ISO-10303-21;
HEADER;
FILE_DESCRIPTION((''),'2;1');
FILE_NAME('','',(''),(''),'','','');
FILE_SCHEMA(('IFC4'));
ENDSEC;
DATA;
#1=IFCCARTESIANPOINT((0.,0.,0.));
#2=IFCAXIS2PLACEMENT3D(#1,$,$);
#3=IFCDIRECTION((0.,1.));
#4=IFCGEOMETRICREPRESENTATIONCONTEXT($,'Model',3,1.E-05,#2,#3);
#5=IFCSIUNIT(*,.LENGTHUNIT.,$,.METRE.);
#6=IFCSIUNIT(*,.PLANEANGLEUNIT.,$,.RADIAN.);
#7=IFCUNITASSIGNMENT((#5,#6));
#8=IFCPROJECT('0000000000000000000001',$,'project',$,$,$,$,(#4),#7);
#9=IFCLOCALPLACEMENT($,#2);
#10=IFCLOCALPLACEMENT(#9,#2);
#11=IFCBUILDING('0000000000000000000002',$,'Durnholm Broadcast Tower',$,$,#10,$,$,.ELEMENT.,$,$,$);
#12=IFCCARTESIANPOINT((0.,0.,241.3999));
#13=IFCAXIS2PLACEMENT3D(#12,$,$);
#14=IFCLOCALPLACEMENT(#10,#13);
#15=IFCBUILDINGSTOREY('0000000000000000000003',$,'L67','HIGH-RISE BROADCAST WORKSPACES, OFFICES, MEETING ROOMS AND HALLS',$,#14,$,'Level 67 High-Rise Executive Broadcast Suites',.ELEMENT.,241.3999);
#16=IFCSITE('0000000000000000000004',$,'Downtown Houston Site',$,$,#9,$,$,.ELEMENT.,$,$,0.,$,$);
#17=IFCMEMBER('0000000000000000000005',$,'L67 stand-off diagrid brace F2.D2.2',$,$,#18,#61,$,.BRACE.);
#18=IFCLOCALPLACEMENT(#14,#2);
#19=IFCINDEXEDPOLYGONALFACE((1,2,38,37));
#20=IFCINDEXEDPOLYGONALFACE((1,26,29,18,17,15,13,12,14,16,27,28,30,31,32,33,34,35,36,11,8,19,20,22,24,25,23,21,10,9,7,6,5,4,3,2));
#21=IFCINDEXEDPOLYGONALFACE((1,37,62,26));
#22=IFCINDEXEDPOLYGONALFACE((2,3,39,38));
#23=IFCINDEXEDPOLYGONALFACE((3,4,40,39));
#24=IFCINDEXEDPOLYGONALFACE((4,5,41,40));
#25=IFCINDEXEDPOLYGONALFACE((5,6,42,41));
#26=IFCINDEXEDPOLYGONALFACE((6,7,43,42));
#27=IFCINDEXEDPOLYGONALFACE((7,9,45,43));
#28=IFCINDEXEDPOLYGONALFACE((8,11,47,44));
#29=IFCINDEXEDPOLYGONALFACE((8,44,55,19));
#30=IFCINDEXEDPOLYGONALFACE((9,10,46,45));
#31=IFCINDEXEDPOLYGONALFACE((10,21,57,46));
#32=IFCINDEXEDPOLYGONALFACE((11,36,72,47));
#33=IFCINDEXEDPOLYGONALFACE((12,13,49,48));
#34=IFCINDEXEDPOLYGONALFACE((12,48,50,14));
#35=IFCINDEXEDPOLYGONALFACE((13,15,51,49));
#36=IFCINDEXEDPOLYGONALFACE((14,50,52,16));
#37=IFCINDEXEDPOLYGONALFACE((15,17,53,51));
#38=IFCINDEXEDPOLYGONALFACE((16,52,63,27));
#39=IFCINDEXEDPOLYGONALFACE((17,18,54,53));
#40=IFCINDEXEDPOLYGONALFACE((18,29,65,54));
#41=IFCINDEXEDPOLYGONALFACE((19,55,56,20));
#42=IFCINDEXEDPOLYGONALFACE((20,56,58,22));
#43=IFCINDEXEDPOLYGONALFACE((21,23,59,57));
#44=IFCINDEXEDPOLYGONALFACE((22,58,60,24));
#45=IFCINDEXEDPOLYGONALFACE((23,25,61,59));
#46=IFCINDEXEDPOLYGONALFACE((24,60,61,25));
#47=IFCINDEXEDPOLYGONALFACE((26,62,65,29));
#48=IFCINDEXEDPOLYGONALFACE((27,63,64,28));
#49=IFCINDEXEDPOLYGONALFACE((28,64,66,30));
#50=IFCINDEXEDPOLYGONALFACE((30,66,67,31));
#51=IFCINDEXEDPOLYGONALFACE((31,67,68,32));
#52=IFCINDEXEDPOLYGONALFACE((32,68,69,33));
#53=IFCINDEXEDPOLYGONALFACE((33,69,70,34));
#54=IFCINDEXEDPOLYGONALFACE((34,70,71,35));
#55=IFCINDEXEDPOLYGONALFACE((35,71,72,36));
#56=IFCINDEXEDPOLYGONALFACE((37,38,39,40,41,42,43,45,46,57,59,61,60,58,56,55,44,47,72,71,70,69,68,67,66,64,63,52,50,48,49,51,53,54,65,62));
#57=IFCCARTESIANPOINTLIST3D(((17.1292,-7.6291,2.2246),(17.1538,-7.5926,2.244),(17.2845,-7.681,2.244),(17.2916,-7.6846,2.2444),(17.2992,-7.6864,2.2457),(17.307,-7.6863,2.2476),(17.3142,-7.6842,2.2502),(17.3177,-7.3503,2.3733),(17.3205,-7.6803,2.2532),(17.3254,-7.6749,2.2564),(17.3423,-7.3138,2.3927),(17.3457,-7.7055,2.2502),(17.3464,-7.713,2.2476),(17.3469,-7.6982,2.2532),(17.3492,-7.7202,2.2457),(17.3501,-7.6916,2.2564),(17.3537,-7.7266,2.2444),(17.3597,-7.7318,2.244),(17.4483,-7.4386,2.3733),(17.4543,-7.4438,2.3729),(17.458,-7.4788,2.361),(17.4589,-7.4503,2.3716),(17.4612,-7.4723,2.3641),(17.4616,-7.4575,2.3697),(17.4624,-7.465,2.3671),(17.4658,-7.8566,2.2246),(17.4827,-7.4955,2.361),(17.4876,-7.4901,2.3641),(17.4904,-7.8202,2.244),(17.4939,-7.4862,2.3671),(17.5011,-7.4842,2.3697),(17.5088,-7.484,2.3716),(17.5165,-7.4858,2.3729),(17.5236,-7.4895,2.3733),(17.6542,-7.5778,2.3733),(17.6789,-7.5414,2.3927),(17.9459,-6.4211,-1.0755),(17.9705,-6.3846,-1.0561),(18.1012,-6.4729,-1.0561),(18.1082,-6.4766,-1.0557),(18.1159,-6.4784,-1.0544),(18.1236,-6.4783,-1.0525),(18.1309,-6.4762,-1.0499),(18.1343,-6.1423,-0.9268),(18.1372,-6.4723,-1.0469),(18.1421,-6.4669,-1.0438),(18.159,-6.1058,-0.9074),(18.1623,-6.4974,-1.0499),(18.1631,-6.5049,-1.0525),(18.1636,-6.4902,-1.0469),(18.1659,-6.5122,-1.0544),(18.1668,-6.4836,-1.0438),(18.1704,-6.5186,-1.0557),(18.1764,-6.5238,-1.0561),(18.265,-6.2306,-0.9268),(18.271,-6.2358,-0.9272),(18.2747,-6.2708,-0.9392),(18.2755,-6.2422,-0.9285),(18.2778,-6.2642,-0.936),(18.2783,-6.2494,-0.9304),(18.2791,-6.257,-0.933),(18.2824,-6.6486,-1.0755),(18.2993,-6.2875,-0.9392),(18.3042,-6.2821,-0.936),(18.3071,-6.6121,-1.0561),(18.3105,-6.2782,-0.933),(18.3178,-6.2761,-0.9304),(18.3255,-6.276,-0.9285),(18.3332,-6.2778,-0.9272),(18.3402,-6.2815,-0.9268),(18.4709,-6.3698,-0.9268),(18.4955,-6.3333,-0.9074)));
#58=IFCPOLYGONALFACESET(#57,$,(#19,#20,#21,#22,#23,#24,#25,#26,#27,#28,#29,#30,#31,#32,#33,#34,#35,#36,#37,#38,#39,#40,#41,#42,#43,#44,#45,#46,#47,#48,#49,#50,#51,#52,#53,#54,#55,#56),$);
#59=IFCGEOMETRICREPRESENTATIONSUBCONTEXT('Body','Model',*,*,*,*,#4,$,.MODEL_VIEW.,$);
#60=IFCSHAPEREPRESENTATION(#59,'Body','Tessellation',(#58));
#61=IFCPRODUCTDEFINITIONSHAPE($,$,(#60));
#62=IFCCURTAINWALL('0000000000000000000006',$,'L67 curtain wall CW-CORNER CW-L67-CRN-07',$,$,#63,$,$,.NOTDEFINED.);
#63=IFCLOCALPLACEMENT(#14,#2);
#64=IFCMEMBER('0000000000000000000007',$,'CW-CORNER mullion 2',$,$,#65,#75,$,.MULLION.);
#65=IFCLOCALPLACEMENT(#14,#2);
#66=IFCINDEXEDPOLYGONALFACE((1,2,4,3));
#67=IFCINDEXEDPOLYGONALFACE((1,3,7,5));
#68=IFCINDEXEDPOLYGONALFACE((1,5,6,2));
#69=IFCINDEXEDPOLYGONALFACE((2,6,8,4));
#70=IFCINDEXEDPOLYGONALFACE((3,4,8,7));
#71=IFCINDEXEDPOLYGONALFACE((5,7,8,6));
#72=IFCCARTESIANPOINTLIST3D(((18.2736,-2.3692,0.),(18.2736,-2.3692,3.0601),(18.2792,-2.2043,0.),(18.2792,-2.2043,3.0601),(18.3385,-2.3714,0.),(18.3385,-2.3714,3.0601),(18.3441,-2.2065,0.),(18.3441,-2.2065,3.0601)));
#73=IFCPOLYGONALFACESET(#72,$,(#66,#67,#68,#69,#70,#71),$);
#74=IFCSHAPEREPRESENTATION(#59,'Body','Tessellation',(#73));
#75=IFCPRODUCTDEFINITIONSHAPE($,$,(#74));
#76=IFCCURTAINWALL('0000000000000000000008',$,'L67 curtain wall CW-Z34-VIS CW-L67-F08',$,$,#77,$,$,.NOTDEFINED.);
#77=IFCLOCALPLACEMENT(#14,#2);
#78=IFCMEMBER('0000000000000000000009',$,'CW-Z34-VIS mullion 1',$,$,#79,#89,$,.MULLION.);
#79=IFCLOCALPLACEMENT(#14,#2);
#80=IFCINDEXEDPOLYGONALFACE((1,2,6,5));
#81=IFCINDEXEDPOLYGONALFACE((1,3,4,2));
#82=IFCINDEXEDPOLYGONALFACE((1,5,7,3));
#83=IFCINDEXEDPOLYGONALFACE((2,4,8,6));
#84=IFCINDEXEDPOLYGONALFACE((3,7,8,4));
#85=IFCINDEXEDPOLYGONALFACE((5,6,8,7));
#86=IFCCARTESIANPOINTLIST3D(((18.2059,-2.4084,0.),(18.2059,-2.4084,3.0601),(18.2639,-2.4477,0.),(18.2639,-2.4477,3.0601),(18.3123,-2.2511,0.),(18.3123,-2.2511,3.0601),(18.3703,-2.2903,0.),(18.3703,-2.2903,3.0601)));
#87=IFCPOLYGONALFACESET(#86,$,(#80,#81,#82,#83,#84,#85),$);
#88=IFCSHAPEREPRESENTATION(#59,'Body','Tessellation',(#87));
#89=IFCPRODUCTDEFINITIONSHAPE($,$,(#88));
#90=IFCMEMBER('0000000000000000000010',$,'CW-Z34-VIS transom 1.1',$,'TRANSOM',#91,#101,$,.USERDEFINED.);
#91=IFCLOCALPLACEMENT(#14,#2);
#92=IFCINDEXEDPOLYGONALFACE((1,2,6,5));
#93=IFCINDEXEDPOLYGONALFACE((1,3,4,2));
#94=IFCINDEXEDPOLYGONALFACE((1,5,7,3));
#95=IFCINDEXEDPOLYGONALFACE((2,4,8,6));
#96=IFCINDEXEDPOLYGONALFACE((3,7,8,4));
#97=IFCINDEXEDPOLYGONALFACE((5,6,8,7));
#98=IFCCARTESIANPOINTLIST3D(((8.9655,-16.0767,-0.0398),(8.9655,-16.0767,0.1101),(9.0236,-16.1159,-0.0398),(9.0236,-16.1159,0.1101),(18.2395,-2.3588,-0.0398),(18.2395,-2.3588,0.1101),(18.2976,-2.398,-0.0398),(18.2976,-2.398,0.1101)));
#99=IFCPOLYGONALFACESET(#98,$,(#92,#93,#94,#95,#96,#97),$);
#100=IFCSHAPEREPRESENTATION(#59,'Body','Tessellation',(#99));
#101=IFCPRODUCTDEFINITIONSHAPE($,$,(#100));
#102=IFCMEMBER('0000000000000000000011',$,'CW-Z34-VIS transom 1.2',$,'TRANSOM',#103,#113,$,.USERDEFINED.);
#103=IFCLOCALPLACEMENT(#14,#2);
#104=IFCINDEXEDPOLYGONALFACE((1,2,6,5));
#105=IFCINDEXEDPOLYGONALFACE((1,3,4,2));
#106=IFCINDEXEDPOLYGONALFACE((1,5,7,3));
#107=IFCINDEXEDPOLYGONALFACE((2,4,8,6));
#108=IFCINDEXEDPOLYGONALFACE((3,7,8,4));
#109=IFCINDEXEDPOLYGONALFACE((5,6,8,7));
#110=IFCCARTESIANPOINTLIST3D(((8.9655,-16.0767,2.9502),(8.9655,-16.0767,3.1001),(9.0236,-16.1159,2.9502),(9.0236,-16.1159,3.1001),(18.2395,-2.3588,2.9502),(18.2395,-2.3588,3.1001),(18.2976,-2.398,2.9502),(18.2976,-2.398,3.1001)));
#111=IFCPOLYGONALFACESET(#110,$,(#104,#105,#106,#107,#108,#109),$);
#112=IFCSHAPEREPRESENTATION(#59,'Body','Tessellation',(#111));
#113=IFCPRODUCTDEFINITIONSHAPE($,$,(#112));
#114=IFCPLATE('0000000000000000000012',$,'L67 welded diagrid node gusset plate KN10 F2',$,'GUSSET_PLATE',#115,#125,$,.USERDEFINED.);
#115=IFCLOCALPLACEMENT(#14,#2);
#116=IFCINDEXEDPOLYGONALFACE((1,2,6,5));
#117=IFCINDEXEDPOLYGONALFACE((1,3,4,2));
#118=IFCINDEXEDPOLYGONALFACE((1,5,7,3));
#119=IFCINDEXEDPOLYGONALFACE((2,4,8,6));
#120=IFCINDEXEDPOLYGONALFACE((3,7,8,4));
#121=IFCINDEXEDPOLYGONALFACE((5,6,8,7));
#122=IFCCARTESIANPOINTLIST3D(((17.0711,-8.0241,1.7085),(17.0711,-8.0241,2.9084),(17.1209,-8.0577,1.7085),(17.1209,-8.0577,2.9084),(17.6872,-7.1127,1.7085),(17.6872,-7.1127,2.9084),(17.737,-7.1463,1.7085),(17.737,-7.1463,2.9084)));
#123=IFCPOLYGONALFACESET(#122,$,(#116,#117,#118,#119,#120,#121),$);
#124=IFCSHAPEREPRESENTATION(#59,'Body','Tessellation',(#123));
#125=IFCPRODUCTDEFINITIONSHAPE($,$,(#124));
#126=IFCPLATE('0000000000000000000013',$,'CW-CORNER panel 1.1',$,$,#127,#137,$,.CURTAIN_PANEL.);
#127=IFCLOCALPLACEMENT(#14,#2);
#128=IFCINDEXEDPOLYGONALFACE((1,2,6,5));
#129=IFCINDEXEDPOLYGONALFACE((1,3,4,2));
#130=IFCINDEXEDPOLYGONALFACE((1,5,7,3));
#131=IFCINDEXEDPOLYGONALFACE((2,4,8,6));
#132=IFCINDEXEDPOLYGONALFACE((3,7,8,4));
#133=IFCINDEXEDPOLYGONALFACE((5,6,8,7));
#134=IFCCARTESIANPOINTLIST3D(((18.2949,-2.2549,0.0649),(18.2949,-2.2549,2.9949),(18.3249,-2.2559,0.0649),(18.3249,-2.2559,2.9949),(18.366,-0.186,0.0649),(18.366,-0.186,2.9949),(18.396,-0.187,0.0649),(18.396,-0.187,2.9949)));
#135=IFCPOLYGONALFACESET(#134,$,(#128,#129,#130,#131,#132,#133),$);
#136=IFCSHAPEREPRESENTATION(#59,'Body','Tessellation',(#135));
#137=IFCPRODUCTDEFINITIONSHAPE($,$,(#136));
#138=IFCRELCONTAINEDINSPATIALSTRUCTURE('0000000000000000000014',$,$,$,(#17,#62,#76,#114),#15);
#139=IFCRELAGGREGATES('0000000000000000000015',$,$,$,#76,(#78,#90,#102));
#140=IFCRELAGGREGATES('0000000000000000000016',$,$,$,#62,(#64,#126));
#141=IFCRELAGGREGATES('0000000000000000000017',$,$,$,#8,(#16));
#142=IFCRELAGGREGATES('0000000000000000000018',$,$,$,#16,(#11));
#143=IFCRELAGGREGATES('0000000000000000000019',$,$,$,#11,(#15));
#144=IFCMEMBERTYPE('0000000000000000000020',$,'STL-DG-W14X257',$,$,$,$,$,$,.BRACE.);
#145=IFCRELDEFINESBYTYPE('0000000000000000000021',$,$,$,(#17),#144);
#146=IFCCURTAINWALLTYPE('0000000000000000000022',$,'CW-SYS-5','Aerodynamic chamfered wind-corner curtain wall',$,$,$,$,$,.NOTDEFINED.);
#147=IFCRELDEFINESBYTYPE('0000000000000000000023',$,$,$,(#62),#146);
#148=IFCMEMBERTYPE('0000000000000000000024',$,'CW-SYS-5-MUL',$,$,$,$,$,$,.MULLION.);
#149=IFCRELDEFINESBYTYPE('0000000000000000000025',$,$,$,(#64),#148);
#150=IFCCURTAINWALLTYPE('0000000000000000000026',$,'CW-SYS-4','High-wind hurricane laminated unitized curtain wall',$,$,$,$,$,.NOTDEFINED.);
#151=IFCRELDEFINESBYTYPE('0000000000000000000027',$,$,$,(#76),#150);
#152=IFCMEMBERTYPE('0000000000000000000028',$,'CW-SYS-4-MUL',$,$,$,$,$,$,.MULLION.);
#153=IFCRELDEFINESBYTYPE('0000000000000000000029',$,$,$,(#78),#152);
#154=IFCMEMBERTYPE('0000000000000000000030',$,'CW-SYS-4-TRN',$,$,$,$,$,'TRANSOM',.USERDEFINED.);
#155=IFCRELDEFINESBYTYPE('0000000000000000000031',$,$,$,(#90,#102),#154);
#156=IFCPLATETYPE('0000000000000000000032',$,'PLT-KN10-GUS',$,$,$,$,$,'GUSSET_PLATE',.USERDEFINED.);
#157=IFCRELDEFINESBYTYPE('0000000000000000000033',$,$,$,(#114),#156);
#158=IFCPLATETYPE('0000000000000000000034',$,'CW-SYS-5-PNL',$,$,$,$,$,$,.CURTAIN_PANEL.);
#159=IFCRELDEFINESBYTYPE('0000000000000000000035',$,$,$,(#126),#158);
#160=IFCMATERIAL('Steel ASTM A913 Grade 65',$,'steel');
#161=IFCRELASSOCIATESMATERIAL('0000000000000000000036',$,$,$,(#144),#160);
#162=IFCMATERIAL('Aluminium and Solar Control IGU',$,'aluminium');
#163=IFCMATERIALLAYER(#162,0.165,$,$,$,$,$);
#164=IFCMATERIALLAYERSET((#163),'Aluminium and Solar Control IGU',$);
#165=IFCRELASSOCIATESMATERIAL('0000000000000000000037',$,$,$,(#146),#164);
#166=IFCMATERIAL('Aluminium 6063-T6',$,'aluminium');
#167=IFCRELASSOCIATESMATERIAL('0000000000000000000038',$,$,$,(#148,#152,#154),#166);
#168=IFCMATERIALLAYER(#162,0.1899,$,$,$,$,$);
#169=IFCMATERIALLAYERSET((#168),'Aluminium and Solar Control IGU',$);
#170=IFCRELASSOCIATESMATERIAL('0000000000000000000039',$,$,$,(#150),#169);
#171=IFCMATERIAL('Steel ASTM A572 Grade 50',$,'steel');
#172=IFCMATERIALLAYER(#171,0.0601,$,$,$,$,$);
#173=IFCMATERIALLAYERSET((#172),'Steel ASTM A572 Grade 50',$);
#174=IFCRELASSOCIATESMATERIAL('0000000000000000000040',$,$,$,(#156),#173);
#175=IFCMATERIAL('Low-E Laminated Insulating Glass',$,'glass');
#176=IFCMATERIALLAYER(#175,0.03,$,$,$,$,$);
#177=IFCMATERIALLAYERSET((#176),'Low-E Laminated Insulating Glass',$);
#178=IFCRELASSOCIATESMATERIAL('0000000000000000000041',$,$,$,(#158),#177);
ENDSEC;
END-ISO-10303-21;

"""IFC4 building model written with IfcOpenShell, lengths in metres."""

from ifc_helpers import new_model, si_unit, direction, frame, origin, origin_2d, place, context, subcontext, project, spatial, rectangle, i_section, extrude, source, transform, mapped, material, layer, layer_set, material_profile, profile_set, type_object, type_shapes, element, aggregate, save


model = new_model("IFC4")

# Units and contexts
model_context = context("Model", 3, precision=1e-05, world=origin(), true_north=direction((0.0, 1.0)))
body_context = subcontext(model_context, "Body", "Model", "MODEL_VIEW")
ifc_project = project(units=[si_unit("LENGTHUNIT", "METRE"), si_unit("PLANEANGLEUNIT", "RADIAN")], contexts=[model_context])

# Site, building, storey
site_placement = place(None, origin())
site = spatial("IfcSite", under=ifc_project, at=site_placement, Name="Downtown Houston Site", CompositionType="ELEMENT", RefElevation=0.0)
building_placement = place(site_placement, origin())
building = spatial("IfcBuilding", under=site, at=building_placement, Name="Durnholm Broadcast Tower", CompositionType="ELEMENT")
storey_placement = place(building_placement, frame((0.0, 0.0, 241.3999)))
storey = spatial("IfcBuildingStorey", under=building, at=storey_placement, Name="L67", Description="HIGH-RISE BROADCAST WORKSPACES, OFFICES, MEETING ROOMS AND HALLS", LongName="Level 67 High-Rise Executive Broadcast Suites", CompositionType="ELEMENT", Elevation=241.3999)

# Member
ifc_material_1 = material(Name="Steel ASTM A913 Grade 65", Category="steel")
ifc_material_profile_1 = material_profile(ifc_material_1, i_section(OverallWidth=0.4062, OverallDepth=0.416, WebThickness=0.0298, FlangeThickness=0.0481, FilletRadius=0.0305, at=origin_2d()), Name="W14X257")
ifc_profile_set_1 = profile_set([ifc_material_profile_1], Name="Steel ASTM A913 Grade 65")
member_type_1 = type_object("IfcMemberType", Name="STL-DG-W14X257", PredefinedType="BRACE", material=ifc_profile_set_1)
shared_shape_1 = source(origin(), body_context, "Body", "SweptSolid", [
    extrude(i_section(OverallWidth=0.4062, OverallDepth=0.416, WebThickness=0.0298, FlangeThickness=0.0481, FilletRadius=0.0305, at=origin_2d()), origin(), (0.0, 0.0, 1.0), 3.6079),
])
type_shapes(member_type_1, [shared_shape_1])
member_1_placement = place(storey_placement, frame((18.2207, -6.3772, -0.9915), z_axis=(-0.226354, -0.334828, 0.914688), x_axis=(0.828452, -0.560059, 0.0)))
element("IfcMember", 1, at=member_1_placement, inside=storey, type_object=member_type_1, Name="L67 stand-off diagrid brace F2.D2.2", PredefinedType="BRACE", context=body_context, shape_type="MappedRepresentation", body=[
    mapped(shared_shape_1, transform((0.0, 0.0, 0.0), x_axis=(1.0, 0.0, 0.0), y_axis=(0.0, 1.0, 0.0), z_axis=(0.0, 0.0, 1.0), scale=1.0)),
])

# Curtain wall, member
ifc_material_2 = material(Name="Aluminium and Solar Control IGU", Category="aluminium")
ifc_layer_1 = layer(ifc_material_2, 0.165)
ifc_layer_set_1 = layer_set([ifc_layer_1], Name="Aluminium and Solar Control IGU")
curtain_wall_type_1 = type_object("IfcCurtainWallType", Name="CW-SYS-5", Description="Aerodynamic chamfered wind-corner curtain wall", PredefinedType="NOTDEFINED", material=ifc_layer_set_1)
curtain_wall_1_placement = place(storey_placement, origin())
curtain_wall_1 = element("IfcCurtainWall", 2, at=curtain_wall_1_placement, inside=storey, type_object=curtain_wall_type_1, Name="L67 curtain wall CW-CORNER CW-L67-CRN-07", PredefinedType="NOTDEFINED")
ifc_material_3 = material(Name="Aluminium 6063-T6", Category="aluminium")
ifc_material_profile_2 = material_profile(ifc_material_3, rectangle(XDim=0.0649, YDim=0.165, at=origin_2d()), Name="CWM65X165")
ifc_profile_set_2 = profile_set([ifc_material_profile_2], Name="Aluminium 6063-T6")
member_type_2 = type_object("IfcMemberType", Name="CW-SYS-5-MUL", PredefinedType="MULLION", material=ifc_profile_set_2)
shared_shape_2 = source(origin(), body_context, "Body", "SweptSolid", [
    extrude(rectangle(XDim=0.0649, YDim=0.165, at=origin_2d()), origin(), (0.0, 0.0, 1.0), 3.0601),
])
type_shapes(member_type_2, [shared_shape_2])
member_2_placement = place(storey_placement, frame((18.3088, -2.2878, 0.0), z_axis=(0.0, 0.0, 1.0), x_axis=(0.999411, -0.034318, 0.0)))
member_2 = element("IfcMember", 3, at=member_2_placement, type_object=member_type_2, Name="CW-CORNER mullion 2", PredefinedType="MULLION", context=body_context, shape_type="MappedRepresentation", body=[
    mapped(shared_shape_2, transform((0.0, 0.0, 0.0), x_axis=(1.0, 0.0, 0.0), y_axis=(0.0, 1.0, 0.0), z_axis=(0.0, 0.0, 1.0), scale=1.0)),
])

# Curtain wall, members
ifc_layer_2 = layer(ifc_material_2, 0.1899)
ifc_layer_set_2 = layer_set([ifc_layer_2], Name="Aluminium and Solar Control IGU")
curtain_wall_type_2 = type_object("IfcCurtainWallType", Name="CW-SYS-4", Description="High-wind hurricane laminated unitized curtain wall", PredefinedType="NOTDEFINED", material=ifc_layer_set_2)
curtain_wall_2_placement = place(storey_placement, origin())
curtain_wall_2 = element("IfcCurtainWall", 4, at=curtain_wall_2_placement, inside=storey, type_object=curtain_wall_type_2, Name="L67 curtain wall CW-Z34-VIS CW-L67-F08", PredefinedType="NOTDEFINED")
ifc_material_profile_3 = material_profile(ifc_material_3, rectangle(XDim=0.0701, YDim=0.1899, at=origin_2d()), Name="CWM70X190")
ifc_profile_set_3 = profile_set([ifc_material_profile_3], Name="Aluminium 6063-T6")
member_type_3 = type_object("IfcMemberType", Name="CW-SYS-4-MUL", PredefinedType="MULLION", material=ifc_profile_set_3)
shared_shape_3 = source(origin(), body_context, "Body", "SweptSolid", [
    extrude(rectangle(XDim=0.0701, YDim=0.1899, at=origin_2d()), origin(), (0.0, 0.0, 1.0), 3.0601),
])
type_shapes(member_type_3, [shared_shape_3])
member_3_placement = place(storey_placement, frame((18.2881, -2.3494, 0.0), z_axis=(0.0, 0.0, 1.0), x_axis=(0.828443, -0.560073, 0.0)))
member_3 = element("IfcMember", 5, at=member_3_placement, type_object=member_type_3, Name="CW-Z34-VIS mullion 1", PredefinedType="MULLION", context=body_context, shape_type="MappedRepresentation", body=[
    mapped(shared_shape_3, transform((0.0, 0.0, 0.0), x_axis=(1.0, 0.0, 0.0), y_axis=(0.0, 1.0, 0.0), z_axis=(0.0, 0.0, 1.0), scale=1.0)),
])
ifc_material_profile_4 = material_profile(ifc_material_3, rectangle(XDim=0.0701, YDim=0.1499, at=origin_2d()), Name="CWT70X150")
ifc_profile_set_4 = profile_set([ifc_material_profile_4], Name="Aluminium 6063-T6")
member_type_4 = type_object("IfcMemberType", Name="CW-SYS-4-TRN", ElementType="TRANSOM", PredefinedType="USERDEFINED", material=ifc_profile_set_4)
shared_shape_4 = source(origin(), body_context, "Body", "SweptSolid", [
    extrude(rectangle(XDim=0.0701, YDim=0.1499, at=origin_2d()), origin(), (0.0, 0.0, 1.0), 16.5586),
])
type_shapes(member_type_4, [shared_shape_4])
member_4_placement = place(storey_placement, frame((18.2686, -2.3784, 0.0352), z_axis=(-0.560071, -0.828444, 0.0), x_axis=(0.828444, -0.560071, 0.0)))
member_4 = element("IfcMember", 6, at=member_4_placement, type_object=member_type_4, Name="CW-Z34-VIS transom 1.1", ObjectType="TRANSOM", PredefinedType="USERDEFINED", context=body_context, shape_type="MappedRepresentation", body=[
    mapped(shared_shape_4, transform((0.0, 0.0, 0.0), x_axis=(1.0, 0.0, 0.0), y_axis=(0.0, 1.0, 0.0), z_axis=(0.0, 0.0, 1.0), scale=1.0)),
])
member_5_placement = place(storey_placement, frame((18.2686, -2.3784, 3.0251), z_axis=(-0.560071, -0.828444, 0.0), x_axis=(0.828444, -0.560071, 0.0)))
member_5 = element("IfcMember", 7, at=member_5_placement, type_object=member_type_4, Name="CW-Z34-VIS transom 1.2", ObjectType="TRANSOM", PredefinedType="USERDEFINED", context=body_context, shape_type="MappedRepresentation", body=[
    mapped(shared_shape_4, transform((0.0, 0.0, 0.0), x_axis=(1.0, 0.0, 0.0), y_axis=(0.0, 1.0, 0.0), z_axis=(0.0, 0.0, 1.0), scale=1.0)),
])
aggregate(curtain_wall_2, [member_3, member_4, member_5])

# Plates
ifc_material_4 = material(Name="Steel ASTM A572 Grade 50", Category="steel")
ifc_layer_3 = layer(ifc_material_4, 0.0601)
ifc_layer_set_3 = layer_set([ifc_layer_3], Name="Steel ASTM A572 Grade 50")
plate_type_1 = type_object("IfcPlateType", Name="PLT-KN10-GUS", ElementType="GUSSET_PLATE", PredefinedType="USERDEFINED", material=ifc_layer_set_3)
shared_shape_5 = source(origin(), body_context, "Body", "SweptSolid", [
    extrude(rectangle(XDim=1.1001, YDim=0.0601, at=origin_2d()), origin(), (0.0, 0.0, 1.0), 1.2),
])
type_shapes(plate_type_1, [shared_shape_5])
plate_1_placement = place(storey_placement, frame((17.4041, -7.5852, 1.7085), z_axis=(0.0, 0.0, 1.0), x_axis=(0.560061, 0.828452, 0.0)))
element("IfcPlate", 8, at=plate_1_placement, inside=storey, type_object=plate_type_1, Name="L67 welded diagrid node gusset plate KN10 F2", ObjectType="GUSSET_PLATE", PredefinedType="USERDEFINED", context=body_context, shape_type="MappedRepresentation", body=[
    mapped(shared_shape_5, transform((0.0, 0.0, 0.0), x_axis=(1.0, 0.0, 0.0), y_axis=(0.0, 1.0, 0.0), z_axis=(0.0, 0.0, 1.0), scale=1.0)),
])
ifc_material_5 = material(Name="Low-E Laminated Insulating Glass", Category="glass")
ifc_layer_4 = layer(ifc_material_5, 0.03)
ifc_layer_set_4 = layer_set([ifc_layer_4], Name="Low-E Laminated Insulating Glass")
plate_type_2 = type_object("IfcPlateType", Name="CW-SYS-5-PNL", PredefinedType="CURTAIN_PANEL", material=ifc_layer_set_4)
shared_shape_6 = source(origin(), body_context, "Body", "SweptSolid", [
    extrude(rectangle(XDim=2.0701, YDim=0.03, at=origin_2d()), origin(), (0.0, 0.0, 1.0), 2.9299),
])
type_shapes(plate_type_2, [shared_shape_6])
plate_2_placement = place(storey_placement, frame((18.3455, -1.2209, 0.0649), z_axis=(0.0, 0.0, 1.0), x_axis=(-0.034318, -0.999411, 0.0)))
plate_2 = element("IfcPlate", 9, at=plate_2_placement, type_object=plate_type_2, Name="CW-CORNER panel 1.1", PredefinedType="CURTAIN_PANEL", context=body_context, shape_type="MappedRepresentation", body=[
    mapped(shared_shape_6, transform((0.0, 0.0, 0.0), x_axis=(1.0, 0.0, 0.0), y_axis=(0.0, 1.0, 0.0), z_axis=(0.0, 0.0, 1.0), scale=1.0)),
])
aggregate(curtain_wall_1, [member_2, plate_2])

save(model, "model.ifc")
